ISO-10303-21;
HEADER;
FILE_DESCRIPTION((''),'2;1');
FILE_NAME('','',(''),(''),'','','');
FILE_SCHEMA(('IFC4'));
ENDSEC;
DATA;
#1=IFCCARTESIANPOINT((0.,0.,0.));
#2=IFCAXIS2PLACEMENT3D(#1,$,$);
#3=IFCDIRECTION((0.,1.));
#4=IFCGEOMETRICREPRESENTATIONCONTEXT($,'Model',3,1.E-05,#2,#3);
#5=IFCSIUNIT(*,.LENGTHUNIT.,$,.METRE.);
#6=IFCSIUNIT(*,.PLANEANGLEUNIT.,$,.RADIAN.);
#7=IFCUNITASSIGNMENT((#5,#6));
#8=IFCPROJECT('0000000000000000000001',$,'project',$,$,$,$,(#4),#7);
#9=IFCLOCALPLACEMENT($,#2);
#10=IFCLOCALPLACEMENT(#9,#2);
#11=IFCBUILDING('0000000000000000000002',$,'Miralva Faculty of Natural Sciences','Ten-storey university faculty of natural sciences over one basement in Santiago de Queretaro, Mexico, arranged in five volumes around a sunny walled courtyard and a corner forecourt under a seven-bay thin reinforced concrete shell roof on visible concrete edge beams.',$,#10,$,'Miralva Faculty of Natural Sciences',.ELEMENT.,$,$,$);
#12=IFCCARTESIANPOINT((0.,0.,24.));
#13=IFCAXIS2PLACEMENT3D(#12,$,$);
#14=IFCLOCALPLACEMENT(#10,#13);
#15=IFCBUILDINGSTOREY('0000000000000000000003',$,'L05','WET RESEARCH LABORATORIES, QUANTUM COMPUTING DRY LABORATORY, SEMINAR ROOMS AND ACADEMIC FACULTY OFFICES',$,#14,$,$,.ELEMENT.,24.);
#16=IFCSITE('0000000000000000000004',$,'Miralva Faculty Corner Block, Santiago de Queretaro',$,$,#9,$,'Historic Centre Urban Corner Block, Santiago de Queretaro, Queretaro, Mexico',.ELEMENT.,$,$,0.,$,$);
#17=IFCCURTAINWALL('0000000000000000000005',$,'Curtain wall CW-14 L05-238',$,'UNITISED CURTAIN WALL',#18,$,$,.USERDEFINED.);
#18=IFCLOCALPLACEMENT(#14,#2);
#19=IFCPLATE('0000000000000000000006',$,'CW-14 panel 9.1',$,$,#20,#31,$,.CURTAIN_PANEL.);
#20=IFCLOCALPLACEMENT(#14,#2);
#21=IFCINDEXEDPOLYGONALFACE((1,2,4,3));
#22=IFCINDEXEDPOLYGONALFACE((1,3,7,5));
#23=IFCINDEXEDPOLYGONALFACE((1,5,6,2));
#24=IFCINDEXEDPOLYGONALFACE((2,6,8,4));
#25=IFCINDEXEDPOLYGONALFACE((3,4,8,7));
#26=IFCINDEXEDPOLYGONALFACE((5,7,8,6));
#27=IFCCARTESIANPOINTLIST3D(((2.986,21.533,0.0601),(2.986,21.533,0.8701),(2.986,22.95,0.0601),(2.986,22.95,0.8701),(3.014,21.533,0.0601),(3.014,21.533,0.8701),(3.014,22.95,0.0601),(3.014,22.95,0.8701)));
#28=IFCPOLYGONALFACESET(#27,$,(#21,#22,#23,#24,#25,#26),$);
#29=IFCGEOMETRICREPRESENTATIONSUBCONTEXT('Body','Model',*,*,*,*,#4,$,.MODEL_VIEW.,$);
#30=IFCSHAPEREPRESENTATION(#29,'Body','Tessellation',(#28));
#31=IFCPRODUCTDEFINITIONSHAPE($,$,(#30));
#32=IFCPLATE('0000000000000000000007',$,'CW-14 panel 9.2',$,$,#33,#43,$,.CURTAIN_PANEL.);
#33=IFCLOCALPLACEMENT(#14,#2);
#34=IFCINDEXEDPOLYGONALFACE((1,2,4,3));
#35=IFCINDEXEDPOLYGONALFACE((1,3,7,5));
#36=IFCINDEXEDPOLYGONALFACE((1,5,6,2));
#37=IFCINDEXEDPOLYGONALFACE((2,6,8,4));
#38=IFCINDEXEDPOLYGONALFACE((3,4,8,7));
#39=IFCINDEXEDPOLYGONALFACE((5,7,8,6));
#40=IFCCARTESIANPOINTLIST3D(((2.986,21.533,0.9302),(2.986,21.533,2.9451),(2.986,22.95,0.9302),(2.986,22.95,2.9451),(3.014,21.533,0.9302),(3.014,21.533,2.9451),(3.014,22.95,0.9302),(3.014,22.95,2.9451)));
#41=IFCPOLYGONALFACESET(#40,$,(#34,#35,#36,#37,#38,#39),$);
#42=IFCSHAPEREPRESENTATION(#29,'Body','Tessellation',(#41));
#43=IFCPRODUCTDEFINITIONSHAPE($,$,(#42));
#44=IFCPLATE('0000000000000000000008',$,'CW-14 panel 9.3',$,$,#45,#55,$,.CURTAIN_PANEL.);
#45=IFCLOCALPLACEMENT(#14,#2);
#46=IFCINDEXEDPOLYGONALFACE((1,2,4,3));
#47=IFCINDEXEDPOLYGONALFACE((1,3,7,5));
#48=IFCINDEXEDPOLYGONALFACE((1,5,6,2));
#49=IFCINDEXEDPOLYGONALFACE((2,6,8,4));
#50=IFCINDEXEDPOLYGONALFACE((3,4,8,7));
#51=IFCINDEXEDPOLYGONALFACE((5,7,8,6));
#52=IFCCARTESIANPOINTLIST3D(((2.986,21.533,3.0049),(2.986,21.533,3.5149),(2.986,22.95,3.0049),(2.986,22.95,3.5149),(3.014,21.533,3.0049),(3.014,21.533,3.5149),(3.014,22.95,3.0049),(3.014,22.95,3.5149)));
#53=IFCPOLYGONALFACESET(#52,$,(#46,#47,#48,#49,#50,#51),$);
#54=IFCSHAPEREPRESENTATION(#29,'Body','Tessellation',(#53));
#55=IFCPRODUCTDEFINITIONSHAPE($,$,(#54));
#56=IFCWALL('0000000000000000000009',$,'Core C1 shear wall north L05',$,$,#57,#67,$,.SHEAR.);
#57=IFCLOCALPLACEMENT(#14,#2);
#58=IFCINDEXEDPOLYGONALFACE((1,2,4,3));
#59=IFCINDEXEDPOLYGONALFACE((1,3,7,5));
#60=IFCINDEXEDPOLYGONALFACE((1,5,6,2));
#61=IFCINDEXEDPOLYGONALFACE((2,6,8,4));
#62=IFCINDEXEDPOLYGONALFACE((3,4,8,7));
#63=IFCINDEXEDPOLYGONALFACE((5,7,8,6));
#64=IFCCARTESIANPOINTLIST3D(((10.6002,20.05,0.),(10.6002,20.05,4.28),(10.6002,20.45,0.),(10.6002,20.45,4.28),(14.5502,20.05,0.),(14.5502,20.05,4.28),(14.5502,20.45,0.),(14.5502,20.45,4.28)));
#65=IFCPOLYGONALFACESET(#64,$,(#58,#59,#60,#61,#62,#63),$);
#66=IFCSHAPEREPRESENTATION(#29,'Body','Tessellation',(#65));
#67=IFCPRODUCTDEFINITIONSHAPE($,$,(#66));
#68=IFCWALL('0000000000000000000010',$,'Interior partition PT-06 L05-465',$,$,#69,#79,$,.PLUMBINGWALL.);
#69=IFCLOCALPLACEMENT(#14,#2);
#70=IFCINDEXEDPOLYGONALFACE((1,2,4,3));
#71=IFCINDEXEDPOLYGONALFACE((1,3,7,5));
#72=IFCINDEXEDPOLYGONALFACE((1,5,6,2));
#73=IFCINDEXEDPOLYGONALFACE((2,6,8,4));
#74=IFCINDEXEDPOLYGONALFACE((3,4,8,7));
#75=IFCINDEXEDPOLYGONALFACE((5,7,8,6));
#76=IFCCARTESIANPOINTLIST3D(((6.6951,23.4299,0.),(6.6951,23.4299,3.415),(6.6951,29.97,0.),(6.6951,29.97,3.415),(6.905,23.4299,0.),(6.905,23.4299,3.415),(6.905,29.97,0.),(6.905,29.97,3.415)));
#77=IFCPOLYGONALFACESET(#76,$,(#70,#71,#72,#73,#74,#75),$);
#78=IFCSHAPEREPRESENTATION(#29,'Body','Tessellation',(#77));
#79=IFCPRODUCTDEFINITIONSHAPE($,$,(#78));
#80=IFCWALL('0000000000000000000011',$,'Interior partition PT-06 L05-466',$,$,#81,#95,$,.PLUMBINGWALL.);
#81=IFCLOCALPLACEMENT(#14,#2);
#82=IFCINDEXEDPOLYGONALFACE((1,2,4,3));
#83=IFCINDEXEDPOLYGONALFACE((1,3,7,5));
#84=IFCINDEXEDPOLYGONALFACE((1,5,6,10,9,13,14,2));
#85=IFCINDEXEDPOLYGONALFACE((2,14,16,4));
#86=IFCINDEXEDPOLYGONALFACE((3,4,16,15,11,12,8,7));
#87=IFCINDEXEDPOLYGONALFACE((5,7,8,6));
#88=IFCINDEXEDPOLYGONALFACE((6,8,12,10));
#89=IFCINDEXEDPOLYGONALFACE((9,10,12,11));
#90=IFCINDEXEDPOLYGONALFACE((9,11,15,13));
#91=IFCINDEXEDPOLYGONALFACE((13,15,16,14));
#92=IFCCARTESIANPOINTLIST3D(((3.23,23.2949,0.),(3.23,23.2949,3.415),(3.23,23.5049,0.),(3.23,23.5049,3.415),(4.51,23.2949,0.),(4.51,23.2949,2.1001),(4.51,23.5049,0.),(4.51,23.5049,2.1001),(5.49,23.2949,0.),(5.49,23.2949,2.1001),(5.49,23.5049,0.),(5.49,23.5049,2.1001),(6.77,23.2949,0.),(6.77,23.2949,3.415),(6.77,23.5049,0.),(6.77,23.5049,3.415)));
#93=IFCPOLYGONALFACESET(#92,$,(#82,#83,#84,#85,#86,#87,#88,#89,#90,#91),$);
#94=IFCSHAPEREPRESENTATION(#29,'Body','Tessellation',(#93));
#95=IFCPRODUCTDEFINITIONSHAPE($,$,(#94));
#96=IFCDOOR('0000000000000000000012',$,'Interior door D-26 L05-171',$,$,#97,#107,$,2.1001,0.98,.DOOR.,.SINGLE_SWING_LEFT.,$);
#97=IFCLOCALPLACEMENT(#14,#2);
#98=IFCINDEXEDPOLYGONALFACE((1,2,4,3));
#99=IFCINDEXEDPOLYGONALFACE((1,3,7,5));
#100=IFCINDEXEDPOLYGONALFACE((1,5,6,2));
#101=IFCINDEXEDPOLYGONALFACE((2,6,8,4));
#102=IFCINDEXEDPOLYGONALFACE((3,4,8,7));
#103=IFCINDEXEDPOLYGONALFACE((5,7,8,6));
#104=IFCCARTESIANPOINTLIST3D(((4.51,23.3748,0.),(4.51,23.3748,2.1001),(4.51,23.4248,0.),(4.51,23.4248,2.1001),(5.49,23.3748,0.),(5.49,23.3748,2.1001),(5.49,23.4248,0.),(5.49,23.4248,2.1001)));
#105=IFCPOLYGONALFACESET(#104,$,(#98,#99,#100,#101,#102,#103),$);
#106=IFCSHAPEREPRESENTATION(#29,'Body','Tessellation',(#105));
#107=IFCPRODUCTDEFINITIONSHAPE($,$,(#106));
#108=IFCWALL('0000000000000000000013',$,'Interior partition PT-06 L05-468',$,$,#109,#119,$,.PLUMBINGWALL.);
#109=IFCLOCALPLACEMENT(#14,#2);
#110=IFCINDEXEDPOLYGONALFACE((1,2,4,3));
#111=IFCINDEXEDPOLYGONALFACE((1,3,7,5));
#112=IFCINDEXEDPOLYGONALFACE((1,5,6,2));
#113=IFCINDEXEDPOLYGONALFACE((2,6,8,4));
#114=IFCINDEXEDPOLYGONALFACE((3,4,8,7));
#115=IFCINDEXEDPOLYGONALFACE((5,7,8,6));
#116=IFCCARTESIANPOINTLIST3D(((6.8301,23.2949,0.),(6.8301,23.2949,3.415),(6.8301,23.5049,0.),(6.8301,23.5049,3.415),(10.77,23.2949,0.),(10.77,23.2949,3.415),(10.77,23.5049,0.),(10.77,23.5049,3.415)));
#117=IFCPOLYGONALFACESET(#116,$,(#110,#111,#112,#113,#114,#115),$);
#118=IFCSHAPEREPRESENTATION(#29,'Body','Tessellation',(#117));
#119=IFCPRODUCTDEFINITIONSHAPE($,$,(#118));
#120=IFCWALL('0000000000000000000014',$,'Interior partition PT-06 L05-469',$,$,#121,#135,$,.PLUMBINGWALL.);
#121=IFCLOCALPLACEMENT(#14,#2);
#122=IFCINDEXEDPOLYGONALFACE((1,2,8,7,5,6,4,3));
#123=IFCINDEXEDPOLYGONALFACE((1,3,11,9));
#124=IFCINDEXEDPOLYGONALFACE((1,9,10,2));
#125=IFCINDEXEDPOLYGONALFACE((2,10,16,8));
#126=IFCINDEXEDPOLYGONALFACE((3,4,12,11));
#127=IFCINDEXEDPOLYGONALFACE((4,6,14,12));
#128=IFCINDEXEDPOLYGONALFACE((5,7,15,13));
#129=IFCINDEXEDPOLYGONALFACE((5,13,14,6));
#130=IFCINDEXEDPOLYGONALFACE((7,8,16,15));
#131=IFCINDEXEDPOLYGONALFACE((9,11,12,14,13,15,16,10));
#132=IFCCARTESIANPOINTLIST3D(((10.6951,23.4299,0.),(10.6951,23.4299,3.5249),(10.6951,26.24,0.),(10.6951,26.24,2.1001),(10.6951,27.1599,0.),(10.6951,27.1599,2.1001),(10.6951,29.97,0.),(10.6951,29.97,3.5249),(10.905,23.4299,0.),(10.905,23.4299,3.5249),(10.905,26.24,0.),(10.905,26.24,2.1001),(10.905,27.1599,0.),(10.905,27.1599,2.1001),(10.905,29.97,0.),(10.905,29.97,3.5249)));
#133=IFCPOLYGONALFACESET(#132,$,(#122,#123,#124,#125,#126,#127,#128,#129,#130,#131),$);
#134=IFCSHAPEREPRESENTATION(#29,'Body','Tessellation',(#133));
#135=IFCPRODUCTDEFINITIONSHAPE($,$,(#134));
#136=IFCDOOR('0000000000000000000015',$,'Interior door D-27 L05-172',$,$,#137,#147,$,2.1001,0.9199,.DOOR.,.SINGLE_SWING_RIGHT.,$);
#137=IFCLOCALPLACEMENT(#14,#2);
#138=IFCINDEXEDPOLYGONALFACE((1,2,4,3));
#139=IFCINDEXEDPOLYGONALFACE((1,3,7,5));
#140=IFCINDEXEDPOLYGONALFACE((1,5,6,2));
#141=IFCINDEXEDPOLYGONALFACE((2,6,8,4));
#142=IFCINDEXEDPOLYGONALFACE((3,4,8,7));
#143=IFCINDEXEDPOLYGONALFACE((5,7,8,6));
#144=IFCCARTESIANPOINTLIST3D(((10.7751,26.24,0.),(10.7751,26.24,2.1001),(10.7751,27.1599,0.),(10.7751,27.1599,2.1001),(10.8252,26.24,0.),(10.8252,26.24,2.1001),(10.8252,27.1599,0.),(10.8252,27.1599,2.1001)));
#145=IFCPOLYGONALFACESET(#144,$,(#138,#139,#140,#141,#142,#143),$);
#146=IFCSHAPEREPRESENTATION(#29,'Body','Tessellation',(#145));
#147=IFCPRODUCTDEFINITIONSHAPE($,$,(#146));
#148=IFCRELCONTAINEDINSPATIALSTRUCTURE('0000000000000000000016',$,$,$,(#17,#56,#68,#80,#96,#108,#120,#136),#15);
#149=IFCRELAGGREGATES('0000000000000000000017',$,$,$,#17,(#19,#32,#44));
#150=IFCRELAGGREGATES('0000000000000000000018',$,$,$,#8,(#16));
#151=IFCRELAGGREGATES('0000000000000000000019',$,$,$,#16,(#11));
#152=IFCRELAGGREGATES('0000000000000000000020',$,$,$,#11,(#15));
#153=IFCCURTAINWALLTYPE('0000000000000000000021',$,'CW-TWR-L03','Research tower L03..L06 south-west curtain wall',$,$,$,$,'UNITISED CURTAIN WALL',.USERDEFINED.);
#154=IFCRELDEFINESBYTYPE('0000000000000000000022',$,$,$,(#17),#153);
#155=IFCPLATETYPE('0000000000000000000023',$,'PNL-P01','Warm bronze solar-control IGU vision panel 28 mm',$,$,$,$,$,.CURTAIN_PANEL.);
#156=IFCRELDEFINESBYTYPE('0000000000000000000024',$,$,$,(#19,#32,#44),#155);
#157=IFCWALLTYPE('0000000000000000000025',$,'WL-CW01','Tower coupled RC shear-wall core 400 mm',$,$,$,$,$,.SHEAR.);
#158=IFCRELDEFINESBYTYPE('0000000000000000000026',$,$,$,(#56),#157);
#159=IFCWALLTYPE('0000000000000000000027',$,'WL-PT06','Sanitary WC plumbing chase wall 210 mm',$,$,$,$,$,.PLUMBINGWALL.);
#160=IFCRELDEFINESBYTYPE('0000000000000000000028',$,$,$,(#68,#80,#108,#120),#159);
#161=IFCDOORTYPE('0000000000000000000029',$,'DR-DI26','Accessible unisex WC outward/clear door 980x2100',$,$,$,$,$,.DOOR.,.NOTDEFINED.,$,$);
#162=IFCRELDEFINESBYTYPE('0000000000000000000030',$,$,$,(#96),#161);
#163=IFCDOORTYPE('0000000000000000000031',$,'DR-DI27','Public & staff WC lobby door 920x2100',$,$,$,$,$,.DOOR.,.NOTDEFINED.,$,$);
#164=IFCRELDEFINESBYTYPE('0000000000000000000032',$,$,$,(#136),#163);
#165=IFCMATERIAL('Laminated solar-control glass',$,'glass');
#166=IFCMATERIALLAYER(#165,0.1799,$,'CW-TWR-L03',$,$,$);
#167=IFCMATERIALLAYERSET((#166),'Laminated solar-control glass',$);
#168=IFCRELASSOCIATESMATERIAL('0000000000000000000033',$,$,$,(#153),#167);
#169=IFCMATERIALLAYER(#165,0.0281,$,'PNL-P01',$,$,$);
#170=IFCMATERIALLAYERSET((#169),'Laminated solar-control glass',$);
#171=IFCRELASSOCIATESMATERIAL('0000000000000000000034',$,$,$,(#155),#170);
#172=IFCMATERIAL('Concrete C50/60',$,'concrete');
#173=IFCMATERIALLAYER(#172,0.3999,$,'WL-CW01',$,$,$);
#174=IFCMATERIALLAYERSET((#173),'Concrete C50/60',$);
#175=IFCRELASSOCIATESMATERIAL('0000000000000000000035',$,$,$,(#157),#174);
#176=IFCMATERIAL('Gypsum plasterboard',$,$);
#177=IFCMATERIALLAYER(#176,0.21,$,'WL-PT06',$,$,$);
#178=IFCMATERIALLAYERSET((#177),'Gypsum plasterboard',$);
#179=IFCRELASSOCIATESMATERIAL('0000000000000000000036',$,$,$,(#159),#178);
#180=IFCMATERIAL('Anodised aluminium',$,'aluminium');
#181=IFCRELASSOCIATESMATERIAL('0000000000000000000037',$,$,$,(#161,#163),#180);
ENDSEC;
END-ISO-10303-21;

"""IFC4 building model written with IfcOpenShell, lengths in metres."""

from ifc_helpers import new_model, si_unit, direction, frame, frame_2d, origin, origin_2d, place, context, subcontext, project, spatial, rectangle, extrude, material, layer, layer_set, type_object, element, fill, aggregate, save


model = new_model("IFC4")

# Units and contexts
model_context = context("Model", 3, precision=1e-05, world=origin(), true_north=direction((0.0, 1.0)))
body_context = subcontext(model_context, "Body", "Model", "MODEL_VIEW")
ifc_project = project(units=[si_unit("LENGTHUNIT", "METRE"), si_unit("PLANEANGLEUNIT", "RADIAN")], contexts=[model_context])

# Site, building, storey
site_placement = place(None, origin())
site = spatial("IfcSite", under=ifc_project, at=site_placement, Name="Miralva Faculty Corner Block, Santiago de Queretaro", LongName="Historic Centre Urban Corner Block, Santiago de Queretaro, Queretaro, Mexico", CompositionType="ELEMENT", RefElevation=0.0)
building_placement = place(site_placement, origin())
building = spatial("IfcBuilding", under=site, at=building_placement, Name="Miralva Faculty of Natural Sciences", Description="Ten-storey university faculty of natural sciences over one basement in Santiago de Queretaro, Mexico, arranged in five volumes around a sunny walled courtyard and a corner forecourt under a seven-bay thin reinforced concrete shell roof on visible concrete edge beams.", LongName="Miralva Faculty of Natural Sciences", CompositionType="ELEMENT")
storey_placement = place(building_placement, frame((0.0, 0.0, 24.0)))
storey = spatial("IfcBuildingStorey", under=building, at=storey_placement, Name="L05", Description="WET RESEARCH LABORATORIES, QUANTUM COMPUTING DRY LABORATORY, SEMINAR ROOMS AND ACADEMIC FACULTY OFFICES", CompositionType="ELEMENT", Elevation=24.0)

# Curtain wall, plates
ifc_material_1 = material(Name="Laminated solar-control glass", Category="glass")
ifc_layer_1 = layer(ifc_material_1, 0.1799, Name="CW-TWR-L03")
ifc_layer_set_1 = layer_set([ifc_layer_1], Name="Laminated solar-control glass")
curtain_wall_type = type_object("IfcCurtainWallType", Name="CW-TWR-L03", Description="Research tower L03..L06 south-west curtain wall", ElementType="UNITISED CURTAIN WALL", PredefinedType="USERDEFINED", material=ifc_layer_set_1)
curtain_wall_placement = place(storey_placement, origin())
curtain_wall = element("IfcCurtainWall", 1, at=curtain_wall_placement, inside=storey, type_object=curtain_wall_type, Name="Curtain wall CW-14 L05-238", ObjectType="UNITISED CURTAIN WALL", PredefinedType="USERDEFINED")
ifc_material_2 = material(Name="Anodised aluminium", Category="aluminium")
ifc_layer_2 = layer(ifc_material_1, 0.0281, Name="PNL-P01")
ifc_layer_set_2 = layer_set([ifc_layer_2], Name="Laminated solar-control glass")
plate_type = type_object("IfcPlateType", Name="PNL-P01", Description="Warm bronze solar-control IGU vision panel 28 mm", PredefinedType="CURTAIN_PANEL", material=ifc_layer_set_2)
plate_1_placement = place(storey_placement, frame((3.0, 22.2415, 0.0601), z_axis=(0.0, 0.0, 1.0), x_axis=(0.0, 1.0, 0.0)))
plate_1 = element("IfcPlate", 2, at=plate_1_placement, type_object=plate_type, Name="CW-14 panel 9.1", PredefinedType="CURTAIN_PANEL", context=body_context, shape_type="SweptSolid", body=[
    extrude(rectangle(XDim=1.417, YDim=0.0281, at=origin_2d()), origin(), (0.0, 0.0, 1.0), 0.8101),
])
plate_2_placement = place(storey_placement, frame((3.0, 22.2415, 0.9302), z_axis=(0.0, 0.0, 1.0), x_axis=(0.0, 1.0, 0.0)))
plate_2 = element("IfcPlate", 3, at=plate_2_placement, type_object=plate_type, Name="CW-14 panel 9.2", PredefinedType="CURTAIN_PANEL", context=body_context, shape_type="SweptSolid", body=[
    extrude(rectangle(XDim=1.417, YDim=0.0281, at=origin_2d()), origin(), (0.0, 0.0, 1.0), 2.0149),
])
plate_3_placement = place(storey_placement, frame((3.0, 22.2415, 3.0049), z_axis=(0.0, 0.0, 1.0), x_axis=(0.0, 1.0, 0.0)))
plate_3 = element("IfcPlate", 4, at=plate_3_placement, type_object=plate_type, Name="CW-14 panel 9.3", PredefinedType="CURTAIN_PANEL", context=body_context, shape_type="SweptSolid", body=[
    extrude(rectangle(XDim=1.417, YDim=0.0281, at=origin_2d()), origin(), (0.0, 0.0, 1.0), 0.51),
])
aggregate(curtain_wall, [plate_1, plate_2, plate_3])

# Walls
ifc_material_3 = material(Name="Concrete C50/60", Category="concrete")
ifc_layer_3 = layer(ifc_material_3, 0.3999, Name="WL-CW01")
ifc_layer_set_3 = layer_set([ifc_layer_3], Name="Concrete C50/60")
wall_type_1 = type_object("IfcWallType", Name="WL-CW01", Description="Tower coupled RC shear-wall core 400 mm", PredefinedType="SHEAR", material=ifc_layer_set_3)
wall_1_placement = place(storey_placement, frame((10.6001, 20.25, 0.0), z_axis=(0.0, 0.0, 1.0), x_axis=(1.0, 0.0, 0.0)))
element("IfcWall", 5, at=wall_1_placement, inside=storey, type_object=wall_type_1, Name="Core C1 shear wall north L05", PredefinedType="SHEAR", context=body_context, shape_type="SweptSolid", body=[
    extrude(rectangle(XDim=3.95, YDim=0.3999, at=frame_2d((1.9751, 0.0))), origin(), (0.0, 0.0, 1.0), 4.28),
])
ifc_material_4 = material(Name="Gypsum plasterboard")
ifc_layer_4 = layer(ifc_material_4, 0.21, Name="WL-PT06")
ifc_layer_set_4 = layer_set([ifc_layer_4], Name="Gypsum plasterboard")
wall_type_2 = type_object("IfcWallType", Name="WL-PT06", Description="Sanitary WC plumbing chase wall 210 mm", PredefinedType="PLUMBINGWALL", material=ifc_layer_set_4)
wall_2_placement = place(storey_placement, frame((6.8, 23.4299, 0.0), z_axis=(0.0, 0.0, 1.0), x_axis=(0.0, 1.0, 0.0)))
element("IfcWall", 6, at=wall_2_placement, inside=storey, type_object=wall_type_2, Name="Interior partition PT-06 L05-465", PredefinedType="PLUMBINGWALL", context=body_context, shape_type="SweptSolid", body=[
    extrude(rectangle(XDim=6.54, YDim=0.21, at=frame_2d((3.27, 0.0))), origin(), (0.0, 0.0, 1.0), 3.415),
])

# Wall, opening, door
wall_3_placement = place(storey_placement, frame((3.23, 23.3999, 0.0), z_axis=(0.0, 0.0, 1.0), x_axis=(1.0, 0.0, 0.0)))
wall_3 = element("IfcWall", 7, at=wall_3_placement, inside=storey, type_object=wall_type_2, Name="Interior partition PT-06 L05-466", PredefinedType="PLUMBINGWALL", context=body_context, shape_type="SweptSolid", body=[
    extrude(rectangle(XDim=3.54, YDim=0.21, at=frame_2d((1.77, 0.0))), origin(), (0.0, 0.0, 1.0), 3.415),
])
opening_1_placement = place(wall_3_placement, frame((1.28, 0.0, 0.0)))
opening_1 = element("IfcOpeningElement", 8, at=opening_1_placement, cuts=wall_3, PredefinedType="OPENING", context=body_context, shape_type="SweptSolid", body=[
    extrude(rectangle(XDim=0.98, YDim=2.1001, at=frame_2d((0.49, 1.05))), frame((0.0, 0.115, 0.0), z_axis=(0.0, -1.0, 0.0), x_axis=(1.0, 0.0, 0.0)), (0.0, 0.0, 1.0), 0.23),
])
door_type_1 = type_object("IfcDoorType", Name="DR-DI26", Description="Accessible unisex WC outward/clear door 980x2100", OperationType="NOTDEFINED", PredefinedType="DOOR", material=ifc_material_2)
door_1_placement = place(opening_1_placement, origin())
door_1 = element("IfcDoor", 9, at=door_1_placement, inside=storey, type_object=door_type_1, Name="Interior door D-26 L05-171", OperationType="SINGLE_SWING_LEFT", OverallHeight=2.1001, OverallWidth=0.98, PredefinedType="DOOR", context=body_context, shape_type="SweptSolid", body=[
    extrude(rectangle(XDim=0.98, YDim=2.1001, at=frame_2d((0.49, 1.05))), frame((0.0, 0.0249, 0.0), z_axis=(0.0, -1.0, 0.0), x_axis=(1.0, 0.0, 0.0)), (0.0, 0.0, 1.0), 0.05),
])
fill(opening_1, door_1)

# Wall
wall_4_placement = place(storey_placement, frame((6.8301, 23.3999, 0.0), z_axis=(0.0, 0.0, 1.0), x_axis=(1.0, 0.0, 0.0)))
element("IfcWall", 10, at=wall_4_placement, inside=storey, type_object=wall_type_2, Name="Interior partition PT-06 L05-468", PredefinedType="PLUMBINGWALL", context=body_context, shape_type="SweptSolid", body=[
    extrude(rectangle(XDim=3.9399, YDim=0.21, at=frame_2d((1.97, 0.0))), origin(), (0.0, 0.0, 1.0), 3.415),
])

# Wall, opening, door
wall_5_placement = place(storey_placement, frame((10.8, 23.4299, 0.0), z_axis=(0.0, 0.0, 1.0), x_axis=(0.0, 1.0, 0.0)))
wall_5 = element("IfcWall", 11, at=wall_5_placement, inside=storey, type_object=wall_type_2, Name="Interior partition PT-06 L05-469", PredefinedType="PLUMBINGWALL", context=body_context, shape_type="SweptSolid", body=[
    extrude(rectangle(XDim=6.54, YDim=0.21, at=frame_2d((3.27, 0.0))), origin(), (0.0, 0.0, 1.0), 3.5249),
])
opening_2_placement = place(wall_5_placement, frame((2.8101, 0.0, 0.0)))
opening_2 = element("IfcOpeningElement", 12, at=opening_2_placement, cuts=wall_5, PredefinedType="OPENING", context=body_context, shape_type="SweptSolid", body=[
    extrude(rectangle(XDim=0.9199, YDim=2.1001, at=frame_2d((0.46, 1.05))), frame((0.0, 0.115, 0.0), z_axis=(0.0, -1.0, 0.0), x_axis=(1.0, 0.0, 0.0)), (0.0, 0.0, 1.0), 0.23),
])
door_type_2 = type_object("IfcDoorType", Name="DR-DI27", Description="Public & staff WC lobby door 920x2100", OperationType="NOTDEFINED", PredefinedType="DOOR", material=ifc_material_2)
door_2_placement = place(opening_2_placement, origin())
door_2 = element("IfcDoor", 13, at=door_2_placement, inside=storey, type_object=door_type_2, Name="Interior door D-27 L05-172", OperationType="SINGLE_SWING_RIGHT", OverallHeight=2.1001, OverallWidth=0.9199, PredefinedType="DOOR", context=body_context, shape_type="SweptSolid", body=[
    extrude(rectangle(XDim=0.9199, YDim=2.1001, at=frame_2d((0.46, 1.05))), frame((0.0, 0.0249, 0.0), z_axis=(0.0, -1.0, 0.0), x_axis=(1.0, 0.0, 0.0)), (0.0, 0.0, 1.0), 0.05),
])
fill(opening_2, door_2)

save(model, "model.ifc")
